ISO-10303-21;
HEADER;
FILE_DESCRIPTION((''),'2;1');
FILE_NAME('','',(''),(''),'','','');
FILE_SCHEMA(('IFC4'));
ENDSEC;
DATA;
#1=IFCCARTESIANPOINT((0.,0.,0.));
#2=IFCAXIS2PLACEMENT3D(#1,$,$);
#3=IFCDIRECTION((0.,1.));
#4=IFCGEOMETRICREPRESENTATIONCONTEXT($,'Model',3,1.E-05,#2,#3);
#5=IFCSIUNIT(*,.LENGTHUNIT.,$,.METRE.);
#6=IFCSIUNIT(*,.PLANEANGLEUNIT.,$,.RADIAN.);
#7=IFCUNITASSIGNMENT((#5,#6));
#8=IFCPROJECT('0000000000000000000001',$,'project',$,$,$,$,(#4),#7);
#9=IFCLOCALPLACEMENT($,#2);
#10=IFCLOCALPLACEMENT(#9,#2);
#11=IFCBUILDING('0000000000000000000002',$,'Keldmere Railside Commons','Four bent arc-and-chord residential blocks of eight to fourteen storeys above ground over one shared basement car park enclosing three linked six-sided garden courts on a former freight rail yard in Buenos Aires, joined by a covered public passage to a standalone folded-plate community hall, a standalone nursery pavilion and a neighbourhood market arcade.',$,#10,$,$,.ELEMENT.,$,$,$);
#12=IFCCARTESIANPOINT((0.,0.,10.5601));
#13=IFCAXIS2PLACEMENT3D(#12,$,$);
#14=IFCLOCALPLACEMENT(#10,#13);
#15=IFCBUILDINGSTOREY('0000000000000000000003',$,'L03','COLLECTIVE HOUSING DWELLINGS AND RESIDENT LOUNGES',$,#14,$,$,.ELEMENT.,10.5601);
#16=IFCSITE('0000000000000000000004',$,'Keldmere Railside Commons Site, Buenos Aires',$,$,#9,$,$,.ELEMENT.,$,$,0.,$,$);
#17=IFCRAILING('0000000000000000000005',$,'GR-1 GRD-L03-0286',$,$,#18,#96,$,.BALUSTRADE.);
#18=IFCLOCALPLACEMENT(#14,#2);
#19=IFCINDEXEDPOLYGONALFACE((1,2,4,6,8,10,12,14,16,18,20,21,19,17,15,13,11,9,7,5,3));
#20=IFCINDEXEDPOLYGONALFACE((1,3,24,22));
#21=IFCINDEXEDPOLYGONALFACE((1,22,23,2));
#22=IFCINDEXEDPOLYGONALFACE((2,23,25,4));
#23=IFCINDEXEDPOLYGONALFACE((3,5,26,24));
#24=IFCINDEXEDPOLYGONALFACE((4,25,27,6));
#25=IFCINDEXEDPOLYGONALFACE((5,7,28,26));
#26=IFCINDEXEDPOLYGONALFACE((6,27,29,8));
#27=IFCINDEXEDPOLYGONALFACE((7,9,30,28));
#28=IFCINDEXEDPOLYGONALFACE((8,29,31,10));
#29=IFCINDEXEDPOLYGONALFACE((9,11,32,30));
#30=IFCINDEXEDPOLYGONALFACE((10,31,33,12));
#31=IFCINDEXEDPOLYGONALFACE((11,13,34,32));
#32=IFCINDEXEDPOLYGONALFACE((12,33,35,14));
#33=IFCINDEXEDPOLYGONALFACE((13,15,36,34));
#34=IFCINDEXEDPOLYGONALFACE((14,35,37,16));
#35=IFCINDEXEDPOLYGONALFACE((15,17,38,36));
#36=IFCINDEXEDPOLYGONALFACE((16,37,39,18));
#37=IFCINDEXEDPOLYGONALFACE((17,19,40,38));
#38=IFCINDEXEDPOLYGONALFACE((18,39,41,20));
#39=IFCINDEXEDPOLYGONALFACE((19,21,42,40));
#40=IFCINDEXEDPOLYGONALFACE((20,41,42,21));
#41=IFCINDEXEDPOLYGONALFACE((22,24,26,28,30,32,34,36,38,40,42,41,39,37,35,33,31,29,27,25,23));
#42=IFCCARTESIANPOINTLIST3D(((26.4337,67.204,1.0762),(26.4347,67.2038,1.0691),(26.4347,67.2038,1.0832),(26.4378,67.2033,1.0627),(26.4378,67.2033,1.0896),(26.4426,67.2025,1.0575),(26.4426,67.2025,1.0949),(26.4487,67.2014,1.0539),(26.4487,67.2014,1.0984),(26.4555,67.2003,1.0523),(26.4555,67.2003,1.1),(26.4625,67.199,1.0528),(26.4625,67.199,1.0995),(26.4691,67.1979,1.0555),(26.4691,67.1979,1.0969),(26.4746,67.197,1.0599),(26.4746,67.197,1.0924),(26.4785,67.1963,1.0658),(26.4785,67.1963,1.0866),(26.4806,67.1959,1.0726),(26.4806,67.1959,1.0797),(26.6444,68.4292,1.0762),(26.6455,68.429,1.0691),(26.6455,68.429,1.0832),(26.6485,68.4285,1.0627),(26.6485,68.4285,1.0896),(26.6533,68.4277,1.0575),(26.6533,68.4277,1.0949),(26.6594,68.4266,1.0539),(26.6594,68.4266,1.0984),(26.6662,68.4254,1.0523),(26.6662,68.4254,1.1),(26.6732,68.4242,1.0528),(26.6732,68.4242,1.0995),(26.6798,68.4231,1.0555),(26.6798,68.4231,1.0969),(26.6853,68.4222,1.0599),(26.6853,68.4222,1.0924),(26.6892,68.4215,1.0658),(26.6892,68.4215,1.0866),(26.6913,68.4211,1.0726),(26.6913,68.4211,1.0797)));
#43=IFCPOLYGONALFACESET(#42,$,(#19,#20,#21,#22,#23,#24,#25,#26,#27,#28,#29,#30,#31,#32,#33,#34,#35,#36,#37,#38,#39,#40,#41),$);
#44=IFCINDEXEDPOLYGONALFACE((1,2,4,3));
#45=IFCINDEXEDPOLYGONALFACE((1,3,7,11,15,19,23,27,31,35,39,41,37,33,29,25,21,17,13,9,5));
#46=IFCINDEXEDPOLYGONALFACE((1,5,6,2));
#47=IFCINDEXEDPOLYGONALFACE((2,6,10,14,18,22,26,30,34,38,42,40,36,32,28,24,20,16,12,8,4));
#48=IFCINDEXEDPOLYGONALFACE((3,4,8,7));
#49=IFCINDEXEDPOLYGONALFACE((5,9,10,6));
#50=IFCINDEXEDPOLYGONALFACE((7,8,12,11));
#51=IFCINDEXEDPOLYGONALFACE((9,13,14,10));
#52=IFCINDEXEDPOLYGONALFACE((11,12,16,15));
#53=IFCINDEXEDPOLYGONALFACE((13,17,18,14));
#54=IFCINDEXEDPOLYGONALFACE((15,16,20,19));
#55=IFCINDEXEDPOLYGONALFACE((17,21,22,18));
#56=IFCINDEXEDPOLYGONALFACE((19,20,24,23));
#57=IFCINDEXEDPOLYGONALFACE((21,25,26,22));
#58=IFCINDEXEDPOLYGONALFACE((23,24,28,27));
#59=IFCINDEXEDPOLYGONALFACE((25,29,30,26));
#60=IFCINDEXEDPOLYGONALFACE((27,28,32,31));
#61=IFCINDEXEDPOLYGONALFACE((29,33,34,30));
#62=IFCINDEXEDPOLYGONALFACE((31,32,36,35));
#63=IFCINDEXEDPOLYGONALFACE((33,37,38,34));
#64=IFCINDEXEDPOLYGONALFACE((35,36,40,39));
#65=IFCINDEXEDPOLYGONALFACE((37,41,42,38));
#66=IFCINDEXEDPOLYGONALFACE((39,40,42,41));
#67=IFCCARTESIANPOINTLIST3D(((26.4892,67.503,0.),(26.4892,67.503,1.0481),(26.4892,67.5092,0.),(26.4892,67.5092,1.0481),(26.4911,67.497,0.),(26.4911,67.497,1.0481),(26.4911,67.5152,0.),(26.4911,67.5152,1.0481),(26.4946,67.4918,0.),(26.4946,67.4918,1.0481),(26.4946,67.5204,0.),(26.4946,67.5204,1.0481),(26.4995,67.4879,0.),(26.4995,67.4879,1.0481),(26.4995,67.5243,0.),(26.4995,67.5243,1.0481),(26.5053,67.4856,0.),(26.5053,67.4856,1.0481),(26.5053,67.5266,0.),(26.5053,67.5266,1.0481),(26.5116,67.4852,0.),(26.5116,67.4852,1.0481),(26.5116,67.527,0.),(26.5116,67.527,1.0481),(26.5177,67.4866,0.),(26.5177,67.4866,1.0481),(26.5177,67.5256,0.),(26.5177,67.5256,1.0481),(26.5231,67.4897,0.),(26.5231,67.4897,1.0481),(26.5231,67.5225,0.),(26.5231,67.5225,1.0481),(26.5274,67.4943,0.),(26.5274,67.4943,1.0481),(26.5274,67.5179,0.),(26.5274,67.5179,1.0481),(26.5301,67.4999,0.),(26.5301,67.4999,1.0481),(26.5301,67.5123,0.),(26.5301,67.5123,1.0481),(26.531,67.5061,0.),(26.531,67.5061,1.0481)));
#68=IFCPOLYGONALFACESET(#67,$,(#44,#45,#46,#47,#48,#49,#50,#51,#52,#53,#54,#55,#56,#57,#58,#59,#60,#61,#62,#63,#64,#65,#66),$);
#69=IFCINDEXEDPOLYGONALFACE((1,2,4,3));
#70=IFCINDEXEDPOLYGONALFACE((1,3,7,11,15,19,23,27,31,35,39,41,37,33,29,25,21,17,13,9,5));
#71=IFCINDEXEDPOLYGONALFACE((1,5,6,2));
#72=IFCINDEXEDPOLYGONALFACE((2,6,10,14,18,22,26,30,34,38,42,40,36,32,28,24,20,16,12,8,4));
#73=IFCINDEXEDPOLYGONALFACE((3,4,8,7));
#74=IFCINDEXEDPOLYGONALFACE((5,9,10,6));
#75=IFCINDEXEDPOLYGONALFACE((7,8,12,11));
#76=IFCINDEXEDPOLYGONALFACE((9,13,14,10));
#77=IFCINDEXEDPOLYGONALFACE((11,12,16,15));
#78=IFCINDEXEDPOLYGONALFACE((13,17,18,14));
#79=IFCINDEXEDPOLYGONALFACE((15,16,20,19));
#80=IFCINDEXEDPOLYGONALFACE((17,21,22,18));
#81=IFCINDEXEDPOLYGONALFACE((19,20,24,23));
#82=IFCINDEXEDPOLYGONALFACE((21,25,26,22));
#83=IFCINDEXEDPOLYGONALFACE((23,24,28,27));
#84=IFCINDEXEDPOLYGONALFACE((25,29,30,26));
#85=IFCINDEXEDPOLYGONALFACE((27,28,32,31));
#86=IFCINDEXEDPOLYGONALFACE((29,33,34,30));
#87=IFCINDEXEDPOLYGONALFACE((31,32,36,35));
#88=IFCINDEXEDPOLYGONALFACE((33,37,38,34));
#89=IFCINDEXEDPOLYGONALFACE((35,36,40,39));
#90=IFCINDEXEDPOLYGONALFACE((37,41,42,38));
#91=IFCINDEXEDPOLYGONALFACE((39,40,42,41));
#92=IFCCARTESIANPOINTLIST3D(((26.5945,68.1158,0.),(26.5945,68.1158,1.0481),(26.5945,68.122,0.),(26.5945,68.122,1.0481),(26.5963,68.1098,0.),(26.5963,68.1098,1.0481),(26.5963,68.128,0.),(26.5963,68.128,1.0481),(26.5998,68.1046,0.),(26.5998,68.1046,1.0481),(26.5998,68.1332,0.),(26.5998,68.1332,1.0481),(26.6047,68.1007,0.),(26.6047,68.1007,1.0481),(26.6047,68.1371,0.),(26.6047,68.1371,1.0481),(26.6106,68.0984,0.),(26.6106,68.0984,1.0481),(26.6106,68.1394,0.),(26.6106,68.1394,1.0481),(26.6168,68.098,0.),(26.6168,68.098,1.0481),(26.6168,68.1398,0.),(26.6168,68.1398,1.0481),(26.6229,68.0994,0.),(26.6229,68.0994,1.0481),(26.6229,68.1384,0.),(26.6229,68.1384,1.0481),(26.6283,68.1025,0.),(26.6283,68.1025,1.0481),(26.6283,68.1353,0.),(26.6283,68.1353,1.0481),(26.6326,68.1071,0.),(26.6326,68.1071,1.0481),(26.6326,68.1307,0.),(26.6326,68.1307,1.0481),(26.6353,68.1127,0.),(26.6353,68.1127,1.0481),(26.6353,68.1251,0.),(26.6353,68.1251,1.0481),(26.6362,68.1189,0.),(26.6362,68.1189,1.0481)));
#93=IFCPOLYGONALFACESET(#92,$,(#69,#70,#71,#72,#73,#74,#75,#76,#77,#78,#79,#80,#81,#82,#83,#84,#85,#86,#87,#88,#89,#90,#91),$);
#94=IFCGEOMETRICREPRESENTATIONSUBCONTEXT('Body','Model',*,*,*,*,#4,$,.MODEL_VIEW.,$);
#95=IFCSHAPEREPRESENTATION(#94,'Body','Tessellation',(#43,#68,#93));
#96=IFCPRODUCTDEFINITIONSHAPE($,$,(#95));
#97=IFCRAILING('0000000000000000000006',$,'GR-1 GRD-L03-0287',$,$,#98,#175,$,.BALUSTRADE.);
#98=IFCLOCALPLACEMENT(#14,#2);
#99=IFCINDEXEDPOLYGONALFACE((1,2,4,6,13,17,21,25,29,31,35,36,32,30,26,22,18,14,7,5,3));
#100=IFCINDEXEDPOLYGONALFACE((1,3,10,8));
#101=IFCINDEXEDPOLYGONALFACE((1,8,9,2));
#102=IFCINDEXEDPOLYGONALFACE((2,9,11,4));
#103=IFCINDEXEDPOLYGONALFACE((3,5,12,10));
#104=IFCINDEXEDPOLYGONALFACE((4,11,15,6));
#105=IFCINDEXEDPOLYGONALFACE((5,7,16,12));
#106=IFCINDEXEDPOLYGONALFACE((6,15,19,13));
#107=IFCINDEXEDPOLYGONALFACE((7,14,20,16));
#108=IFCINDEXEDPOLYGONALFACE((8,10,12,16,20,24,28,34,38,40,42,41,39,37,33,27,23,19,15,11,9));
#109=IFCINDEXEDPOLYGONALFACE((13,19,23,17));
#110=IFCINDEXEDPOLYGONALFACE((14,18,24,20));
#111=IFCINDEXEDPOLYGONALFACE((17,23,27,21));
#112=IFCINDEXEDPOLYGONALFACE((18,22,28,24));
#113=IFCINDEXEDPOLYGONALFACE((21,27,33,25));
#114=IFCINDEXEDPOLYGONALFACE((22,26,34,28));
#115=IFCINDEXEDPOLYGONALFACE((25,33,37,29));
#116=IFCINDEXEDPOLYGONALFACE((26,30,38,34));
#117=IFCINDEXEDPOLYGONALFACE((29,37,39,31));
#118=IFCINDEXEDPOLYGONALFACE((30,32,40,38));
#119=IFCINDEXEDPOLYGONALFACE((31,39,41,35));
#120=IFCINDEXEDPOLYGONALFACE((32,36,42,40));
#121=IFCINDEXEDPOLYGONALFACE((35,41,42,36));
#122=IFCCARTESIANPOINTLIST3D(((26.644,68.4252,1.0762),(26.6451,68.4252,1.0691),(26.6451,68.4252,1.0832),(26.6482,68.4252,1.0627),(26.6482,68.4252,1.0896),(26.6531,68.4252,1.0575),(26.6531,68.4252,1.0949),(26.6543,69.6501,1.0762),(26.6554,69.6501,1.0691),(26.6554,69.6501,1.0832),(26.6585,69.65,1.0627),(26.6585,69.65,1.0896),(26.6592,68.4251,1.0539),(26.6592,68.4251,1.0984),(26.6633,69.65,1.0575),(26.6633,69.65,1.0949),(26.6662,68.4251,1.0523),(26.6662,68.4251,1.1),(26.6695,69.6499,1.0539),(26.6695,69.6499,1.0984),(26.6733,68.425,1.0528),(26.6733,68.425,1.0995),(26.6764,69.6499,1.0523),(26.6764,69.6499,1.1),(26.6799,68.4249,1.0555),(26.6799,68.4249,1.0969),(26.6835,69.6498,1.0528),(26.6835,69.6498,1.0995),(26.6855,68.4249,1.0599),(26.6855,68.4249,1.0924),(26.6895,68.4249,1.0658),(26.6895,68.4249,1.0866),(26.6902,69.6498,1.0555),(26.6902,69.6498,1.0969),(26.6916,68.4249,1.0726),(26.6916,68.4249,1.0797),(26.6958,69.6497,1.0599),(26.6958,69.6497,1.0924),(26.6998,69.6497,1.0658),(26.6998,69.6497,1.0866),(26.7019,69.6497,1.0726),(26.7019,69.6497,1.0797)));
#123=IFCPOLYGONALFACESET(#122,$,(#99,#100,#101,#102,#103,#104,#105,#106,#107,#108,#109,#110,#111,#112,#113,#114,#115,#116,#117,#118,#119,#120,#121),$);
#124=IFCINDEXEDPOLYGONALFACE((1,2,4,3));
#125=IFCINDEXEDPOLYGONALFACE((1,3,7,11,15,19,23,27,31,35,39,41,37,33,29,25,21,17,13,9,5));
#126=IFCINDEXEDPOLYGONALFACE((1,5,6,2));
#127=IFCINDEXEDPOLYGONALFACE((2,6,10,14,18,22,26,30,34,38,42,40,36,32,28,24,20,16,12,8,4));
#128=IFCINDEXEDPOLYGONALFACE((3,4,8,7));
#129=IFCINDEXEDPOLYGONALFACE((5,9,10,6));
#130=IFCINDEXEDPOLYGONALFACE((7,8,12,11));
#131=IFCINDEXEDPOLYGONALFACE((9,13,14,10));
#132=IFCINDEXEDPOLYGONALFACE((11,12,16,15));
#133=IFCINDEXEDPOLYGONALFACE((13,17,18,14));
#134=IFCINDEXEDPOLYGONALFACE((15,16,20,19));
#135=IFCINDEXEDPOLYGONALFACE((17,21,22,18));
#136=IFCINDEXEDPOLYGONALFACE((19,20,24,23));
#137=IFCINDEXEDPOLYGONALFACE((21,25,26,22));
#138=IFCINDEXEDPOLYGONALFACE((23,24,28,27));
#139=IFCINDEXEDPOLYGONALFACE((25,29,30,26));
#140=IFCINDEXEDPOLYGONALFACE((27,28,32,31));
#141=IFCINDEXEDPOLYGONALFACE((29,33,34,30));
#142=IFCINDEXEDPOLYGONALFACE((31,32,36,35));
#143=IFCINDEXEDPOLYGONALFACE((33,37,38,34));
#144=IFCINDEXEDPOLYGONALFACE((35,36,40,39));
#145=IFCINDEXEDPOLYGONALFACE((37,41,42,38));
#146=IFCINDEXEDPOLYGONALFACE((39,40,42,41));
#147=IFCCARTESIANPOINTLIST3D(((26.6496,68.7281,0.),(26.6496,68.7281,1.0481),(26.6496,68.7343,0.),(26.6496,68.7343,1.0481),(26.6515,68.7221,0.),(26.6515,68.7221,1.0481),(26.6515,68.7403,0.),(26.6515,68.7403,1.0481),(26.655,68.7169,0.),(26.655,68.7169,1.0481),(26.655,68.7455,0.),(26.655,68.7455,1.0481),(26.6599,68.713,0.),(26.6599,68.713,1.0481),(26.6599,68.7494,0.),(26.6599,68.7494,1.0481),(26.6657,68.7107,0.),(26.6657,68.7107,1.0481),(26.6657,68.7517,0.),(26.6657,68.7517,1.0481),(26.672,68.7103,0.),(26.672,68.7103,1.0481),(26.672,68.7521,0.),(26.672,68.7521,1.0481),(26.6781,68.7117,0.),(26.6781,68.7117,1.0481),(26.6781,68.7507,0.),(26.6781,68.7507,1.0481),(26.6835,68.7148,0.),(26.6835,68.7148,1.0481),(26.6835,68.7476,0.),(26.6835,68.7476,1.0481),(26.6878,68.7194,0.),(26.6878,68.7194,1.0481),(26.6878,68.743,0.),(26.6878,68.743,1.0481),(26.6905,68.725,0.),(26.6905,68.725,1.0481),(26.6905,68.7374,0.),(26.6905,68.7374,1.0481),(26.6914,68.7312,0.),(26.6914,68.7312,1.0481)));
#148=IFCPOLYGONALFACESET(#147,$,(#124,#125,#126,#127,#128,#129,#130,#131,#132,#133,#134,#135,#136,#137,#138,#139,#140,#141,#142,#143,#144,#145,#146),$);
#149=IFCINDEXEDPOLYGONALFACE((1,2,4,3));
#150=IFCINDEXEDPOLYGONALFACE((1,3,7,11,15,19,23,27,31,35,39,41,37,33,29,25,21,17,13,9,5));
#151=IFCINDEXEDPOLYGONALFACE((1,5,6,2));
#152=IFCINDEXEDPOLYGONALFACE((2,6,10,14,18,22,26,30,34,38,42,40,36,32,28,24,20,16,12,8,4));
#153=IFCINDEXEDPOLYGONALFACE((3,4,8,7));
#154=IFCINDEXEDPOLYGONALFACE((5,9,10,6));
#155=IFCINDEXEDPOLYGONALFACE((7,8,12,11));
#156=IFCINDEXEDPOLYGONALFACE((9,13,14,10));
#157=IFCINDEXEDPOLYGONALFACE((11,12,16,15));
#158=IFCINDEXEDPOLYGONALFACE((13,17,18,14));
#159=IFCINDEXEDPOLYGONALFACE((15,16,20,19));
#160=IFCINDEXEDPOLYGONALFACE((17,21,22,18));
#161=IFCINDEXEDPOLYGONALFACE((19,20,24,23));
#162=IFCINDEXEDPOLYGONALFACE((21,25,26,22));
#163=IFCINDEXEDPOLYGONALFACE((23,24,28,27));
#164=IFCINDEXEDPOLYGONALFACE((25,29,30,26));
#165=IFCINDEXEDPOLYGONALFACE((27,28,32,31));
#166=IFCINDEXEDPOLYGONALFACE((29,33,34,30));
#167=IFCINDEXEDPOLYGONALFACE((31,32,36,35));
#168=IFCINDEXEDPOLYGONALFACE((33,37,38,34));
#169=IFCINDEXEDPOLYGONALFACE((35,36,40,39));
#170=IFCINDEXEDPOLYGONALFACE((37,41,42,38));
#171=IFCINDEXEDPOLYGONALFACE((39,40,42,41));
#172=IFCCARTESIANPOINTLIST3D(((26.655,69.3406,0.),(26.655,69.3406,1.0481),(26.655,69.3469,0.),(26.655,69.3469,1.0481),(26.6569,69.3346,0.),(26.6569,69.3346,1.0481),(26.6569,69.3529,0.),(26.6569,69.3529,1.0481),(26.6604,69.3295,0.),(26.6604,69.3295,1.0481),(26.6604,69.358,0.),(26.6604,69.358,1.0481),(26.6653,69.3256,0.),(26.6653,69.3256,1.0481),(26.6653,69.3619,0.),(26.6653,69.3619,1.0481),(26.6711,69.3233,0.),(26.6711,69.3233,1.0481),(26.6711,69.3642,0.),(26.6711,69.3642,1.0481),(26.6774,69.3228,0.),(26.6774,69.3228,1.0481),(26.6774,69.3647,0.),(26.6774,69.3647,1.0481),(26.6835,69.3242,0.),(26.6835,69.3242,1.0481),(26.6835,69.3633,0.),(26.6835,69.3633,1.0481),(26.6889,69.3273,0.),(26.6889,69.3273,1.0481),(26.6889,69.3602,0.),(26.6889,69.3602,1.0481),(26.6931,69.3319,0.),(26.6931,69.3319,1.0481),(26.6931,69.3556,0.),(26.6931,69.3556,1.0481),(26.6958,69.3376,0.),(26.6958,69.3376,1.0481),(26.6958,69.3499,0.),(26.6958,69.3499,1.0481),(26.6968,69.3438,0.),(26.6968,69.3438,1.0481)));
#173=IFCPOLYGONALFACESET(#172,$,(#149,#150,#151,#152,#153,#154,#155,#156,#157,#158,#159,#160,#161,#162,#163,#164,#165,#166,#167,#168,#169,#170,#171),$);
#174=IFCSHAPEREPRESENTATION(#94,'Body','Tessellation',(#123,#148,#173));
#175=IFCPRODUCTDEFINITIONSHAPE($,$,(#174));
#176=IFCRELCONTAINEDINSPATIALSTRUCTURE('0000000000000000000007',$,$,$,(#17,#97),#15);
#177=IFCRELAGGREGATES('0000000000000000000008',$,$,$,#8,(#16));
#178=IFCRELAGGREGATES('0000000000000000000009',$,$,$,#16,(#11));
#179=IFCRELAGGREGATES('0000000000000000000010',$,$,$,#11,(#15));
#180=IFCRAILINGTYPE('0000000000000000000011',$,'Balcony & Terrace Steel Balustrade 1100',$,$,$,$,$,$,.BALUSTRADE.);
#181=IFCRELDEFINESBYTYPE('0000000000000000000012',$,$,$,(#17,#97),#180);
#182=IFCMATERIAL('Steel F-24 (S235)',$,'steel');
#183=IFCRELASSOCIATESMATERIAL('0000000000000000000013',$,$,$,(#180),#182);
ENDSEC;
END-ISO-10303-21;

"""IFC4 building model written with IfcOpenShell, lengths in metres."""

from ifc_helpers import new_model, si_unit, direction, frame, origin, origin_2d, place, context, subcontext, project, spatial, circle, extrude, material, type_object, element, save


model = new_model("IFC4")

# Units and contexts
model_context = context("Model", 3, precision=1e-05, world=origin(), true_north=direction((0.0, 1.0)))
body_context = subcontext(model_context, "Body", "Model", "MODEL_VIEW")
ifc_project = project(units=[si_unit("LENGTHUNIT", "METRE"), si_unit("PLANEANGLEUNIT", "RADIAN")], contexts=[model_context])

# Site, building, storey
site_placement = place(None, origin())
site = spatial("IfcSite", under=ifc_project, at=site_placement, Name="Keldmere Railside Commons Site, Buenos Aires", CompositionType="ELEMENT", RefElevation=0.0)
building_placement = place(site_placement, origin())
building = spatial("IfcBuilding", under=site, at=building_placement, Name="Keldmere Railside Commons", Description="Four bent arc-and-chord residential blocks of eight to fourteen storeys above ground over one shared basement car park enclosing three linked six-sided garden courts on a former freight rail yard in Buenos Aires, joined by a covered public passage to a standalone folded-plate community hall, a standalone nursery pavilion and a neighbourhood market arcade.", CompositionType="ELEMENT")
storey_placement = place(building_placement, frame((0.0, 0.0, 10.5601)))
storey = spatial("IfcBuildingStorey", under=building, at=storey_placement, Name="L03", Description="COLLECTIVE HOUSING DWELLINGS AND RESIDENT LOUNGES", CompositionType="ELEMENT", Elevation=10.5601)

# Railings
ifc_material_1 = material(Name="Steel F-24 (S235)", Category="steel")
railing_type_1 = type_object("IfcRailingType", Name="Balcony & Terrace Steel Balustrade 1100", PredefinedType="BALUSTRADE", material=ifc_material_1)
railing_1_placement = place(storey_placement, frame((26.4573, 67.2, 0.0)))
element("IfcRailing", 1, at=railing_1_placement, inside=storey, type_object=railing_type_1, Name="GR-1 GRD-L03-0286", PredefinedType="BALUSTRADE", context=body_context, shape_type="SweptSolid", body=[
    extrude(circle(Radius=0.0239, at=origin_2d()), frame((0.0, 0.0, 1.0762), z_axis=(0.169493, 0.985531, 0.0), x_axis=(-0.985531, 0.169493, 0.0)), (0.0, 0.0, 1.0), 1.2432),
    extrude(circle(Radius=0.021, at=origin_2d()), frame((0.0527, 0.3062, 0.0)), (0.0, 0.0, 1.0), 1.0481),
    extrude(circle(Radius=0.021, at=origin_2d()), frame((0.158, 0.9189, 0.0)), (0.0, 0.0, 1.0), 1.0481),
])
railing_2_placement = place(storey_placement, frame((26.668, 68.425, 0.0)))
element("IfcRailing", 2, at=railing_2_placement, inside=storey, type_object=railing_type_1, Name="GR-1 GRD-L03-0287", PredefinedType="BALUSTRADE", context=body_context, shape_type="SweptSolid", body=[
    extrude(circle(Radius=0.0239, at=origin_2d()), frame((0.0, 0.0, 1.0762), z_axis=(0.008371, 0.999965, 0.0), x_axis=(-0.999965, 0.008371, 0.0)), (0.0, 0.0, 1.0), 1.2249),
    extrude(circle(Radius=0.021, at=origin_2d()), frame((0.0024, 0.3062, 0.0)), (0.0, 0.0, 1.0), 1.0481),
    extrude(circle(Radius=0.021, at=origin_2d()), frame((0.0078, 0.9187, 0.0)), (0.0, 0.0, 1.0), 1.0481),
])

save(model, "model.ifc")
